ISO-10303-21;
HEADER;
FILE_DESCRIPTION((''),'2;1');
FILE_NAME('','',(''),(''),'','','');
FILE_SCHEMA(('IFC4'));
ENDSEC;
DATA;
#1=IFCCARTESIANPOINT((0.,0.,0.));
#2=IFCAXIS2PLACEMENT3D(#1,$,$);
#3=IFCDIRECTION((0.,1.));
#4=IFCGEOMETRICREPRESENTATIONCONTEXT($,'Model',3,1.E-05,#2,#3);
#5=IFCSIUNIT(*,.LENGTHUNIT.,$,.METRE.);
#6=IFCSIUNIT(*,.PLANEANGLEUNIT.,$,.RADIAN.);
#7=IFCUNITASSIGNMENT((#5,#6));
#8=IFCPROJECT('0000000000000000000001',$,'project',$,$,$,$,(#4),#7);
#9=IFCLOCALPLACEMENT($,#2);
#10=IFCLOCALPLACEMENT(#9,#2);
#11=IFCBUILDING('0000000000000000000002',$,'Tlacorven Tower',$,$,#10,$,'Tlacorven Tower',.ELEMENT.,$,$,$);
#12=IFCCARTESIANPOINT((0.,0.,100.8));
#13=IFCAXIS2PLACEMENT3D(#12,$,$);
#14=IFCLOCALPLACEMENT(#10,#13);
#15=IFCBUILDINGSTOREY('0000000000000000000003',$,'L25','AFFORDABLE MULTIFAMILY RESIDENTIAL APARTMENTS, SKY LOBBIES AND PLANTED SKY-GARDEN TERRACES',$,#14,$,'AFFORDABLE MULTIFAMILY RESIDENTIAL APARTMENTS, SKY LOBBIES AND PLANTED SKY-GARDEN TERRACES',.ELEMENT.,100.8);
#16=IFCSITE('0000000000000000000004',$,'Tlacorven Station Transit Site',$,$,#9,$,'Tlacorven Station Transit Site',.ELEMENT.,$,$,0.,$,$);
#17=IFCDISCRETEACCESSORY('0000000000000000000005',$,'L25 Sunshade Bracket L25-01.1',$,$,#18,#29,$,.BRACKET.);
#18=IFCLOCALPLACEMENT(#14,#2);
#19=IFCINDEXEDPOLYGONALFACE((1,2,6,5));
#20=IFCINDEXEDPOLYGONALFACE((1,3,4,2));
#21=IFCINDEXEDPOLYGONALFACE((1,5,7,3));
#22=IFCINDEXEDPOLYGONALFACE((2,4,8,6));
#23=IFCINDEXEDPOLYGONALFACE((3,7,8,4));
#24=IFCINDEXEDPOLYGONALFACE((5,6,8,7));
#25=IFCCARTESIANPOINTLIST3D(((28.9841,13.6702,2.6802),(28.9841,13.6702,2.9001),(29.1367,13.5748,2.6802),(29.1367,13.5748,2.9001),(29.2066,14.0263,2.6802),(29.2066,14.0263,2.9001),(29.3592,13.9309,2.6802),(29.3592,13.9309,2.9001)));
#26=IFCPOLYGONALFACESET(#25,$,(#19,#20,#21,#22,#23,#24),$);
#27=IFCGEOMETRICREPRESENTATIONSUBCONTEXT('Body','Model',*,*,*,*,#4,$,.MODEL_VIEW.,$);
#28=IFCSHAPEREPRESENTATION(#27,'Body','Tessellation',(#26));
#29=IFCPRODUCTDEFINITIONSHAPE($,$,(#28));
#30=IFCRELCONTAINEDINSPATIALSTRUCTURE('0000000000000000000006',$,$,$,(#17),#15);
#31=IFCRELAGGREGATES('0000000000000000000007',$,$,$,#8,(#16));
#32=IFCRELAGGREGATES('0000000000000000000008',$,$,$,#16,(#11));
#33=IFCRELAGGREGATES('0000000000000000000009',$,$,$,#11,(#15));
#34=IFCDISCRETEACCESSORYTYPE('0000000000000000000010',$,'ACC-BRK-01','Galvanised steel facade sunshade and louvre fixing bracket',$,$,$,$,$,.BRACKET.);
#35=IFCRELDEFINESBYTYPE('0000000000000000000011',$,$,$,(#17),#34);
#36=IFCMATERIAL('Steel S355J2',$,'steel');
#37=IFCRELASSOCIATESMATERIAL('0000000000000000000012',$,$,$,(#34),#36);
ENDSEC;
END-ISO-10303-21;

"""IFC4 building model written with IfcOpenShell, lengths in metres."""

from ifc_helpers import new_model, si_unit, direction, frame, origin, origin_2d, place, context, subcontext, project, spatial, rectangle, extrude, source, transform, mapped, material, type_object, element, save


model = new_model("IFC4")

# Units and contexts
model_context = context("Model", 3, precision=1e-05, world=origin(), true_north=direction((0.0, 1.0)))
body_context = subcontext(model_context, "Body", "Model", "MODEL_VIEW")
ifc_project = project(units=[si_unit("LENGTHUNIT", "METRE"), si_unit("PLANEANGLEUNIT", "RADIAN")], contexts=[model_context])

# Site, building, storey
site_placement = place(None, origin())
site = spatial("IfcSite", under=ifc_project, at=site_placement, Name="Tlacorven Station Transit Site", LongName="Tlacorven Station Transit Site", CompositionType="ELEMENT", RefElevation=0.0)
building_placement = place(site_placement, origin())
building = spatial("IfcBuilding", under=site, at=building_placement, Name="Tlacorven Tower", LongName="Tlacorven Tower", CompositionType="ELEMENT")
storey_placement = place(building_placement, frame((0.0, 0.0, 100.8)))
storey = spatial("IfcBuildingStorey", under=building, at=storey_placement, Name="L25", Description="AFFORDABLE MULTIFAMILY RESIDENTIAL APARTMENTS, SKY LOBBIES AND PLANTED SKY-GARDEN TERRACES", LongName="AFFORDABLE MULTIFAMILY RESIDENTIAL APARTMENTS, SKY LOBBIES AND PLANTED SKY-GARDEN TERRACES", CompositionType="ELEMENT", Elevation=100.8)

# Shared definitions
ifc_material_1 = material(Name="Steel S355J2", Category="steel")

# Discrete accessory
discrete_accessory_type = type_object("IfcDiscreteAccessoryType", Name="ACC-BRK-01", Description="Galvanised steel facade sunshade and louvre fixing bracket", PredefinedType="BRACKET", material=ifc_material_1)
shared_shape_1 = source(origin(), body_context, "Body", "SweptSolid", [
    extrude(rectangle(XDim=0.1799, YDim=0.4199, at=origin_2d()), origin(), (0.0, 0.0, 1.0), 0.22),
])
discrete_accessory_placement = place(storey_placement, frame((29.1716, 13.8005, 2.6802), z_axis=(0.0, 0.0, 1.0), x_axis=(-0.848048, 0.529919, 0.0)))
element("IfcDiscreteAccessory", 1, at=discrete_accessory_placement, inside=storey, type_object=discrete_accessory_type, Name="L25 Sunshade Bracket L25-01.1", PredefinedType="BRACKET", context=body_context, shape_type="MappedRepresentation", body=[
    mapped(shared_shape_1, transform((0.0, 0.0, 0.0), scale=1.0)),
])

save(model, "model.ifc")
